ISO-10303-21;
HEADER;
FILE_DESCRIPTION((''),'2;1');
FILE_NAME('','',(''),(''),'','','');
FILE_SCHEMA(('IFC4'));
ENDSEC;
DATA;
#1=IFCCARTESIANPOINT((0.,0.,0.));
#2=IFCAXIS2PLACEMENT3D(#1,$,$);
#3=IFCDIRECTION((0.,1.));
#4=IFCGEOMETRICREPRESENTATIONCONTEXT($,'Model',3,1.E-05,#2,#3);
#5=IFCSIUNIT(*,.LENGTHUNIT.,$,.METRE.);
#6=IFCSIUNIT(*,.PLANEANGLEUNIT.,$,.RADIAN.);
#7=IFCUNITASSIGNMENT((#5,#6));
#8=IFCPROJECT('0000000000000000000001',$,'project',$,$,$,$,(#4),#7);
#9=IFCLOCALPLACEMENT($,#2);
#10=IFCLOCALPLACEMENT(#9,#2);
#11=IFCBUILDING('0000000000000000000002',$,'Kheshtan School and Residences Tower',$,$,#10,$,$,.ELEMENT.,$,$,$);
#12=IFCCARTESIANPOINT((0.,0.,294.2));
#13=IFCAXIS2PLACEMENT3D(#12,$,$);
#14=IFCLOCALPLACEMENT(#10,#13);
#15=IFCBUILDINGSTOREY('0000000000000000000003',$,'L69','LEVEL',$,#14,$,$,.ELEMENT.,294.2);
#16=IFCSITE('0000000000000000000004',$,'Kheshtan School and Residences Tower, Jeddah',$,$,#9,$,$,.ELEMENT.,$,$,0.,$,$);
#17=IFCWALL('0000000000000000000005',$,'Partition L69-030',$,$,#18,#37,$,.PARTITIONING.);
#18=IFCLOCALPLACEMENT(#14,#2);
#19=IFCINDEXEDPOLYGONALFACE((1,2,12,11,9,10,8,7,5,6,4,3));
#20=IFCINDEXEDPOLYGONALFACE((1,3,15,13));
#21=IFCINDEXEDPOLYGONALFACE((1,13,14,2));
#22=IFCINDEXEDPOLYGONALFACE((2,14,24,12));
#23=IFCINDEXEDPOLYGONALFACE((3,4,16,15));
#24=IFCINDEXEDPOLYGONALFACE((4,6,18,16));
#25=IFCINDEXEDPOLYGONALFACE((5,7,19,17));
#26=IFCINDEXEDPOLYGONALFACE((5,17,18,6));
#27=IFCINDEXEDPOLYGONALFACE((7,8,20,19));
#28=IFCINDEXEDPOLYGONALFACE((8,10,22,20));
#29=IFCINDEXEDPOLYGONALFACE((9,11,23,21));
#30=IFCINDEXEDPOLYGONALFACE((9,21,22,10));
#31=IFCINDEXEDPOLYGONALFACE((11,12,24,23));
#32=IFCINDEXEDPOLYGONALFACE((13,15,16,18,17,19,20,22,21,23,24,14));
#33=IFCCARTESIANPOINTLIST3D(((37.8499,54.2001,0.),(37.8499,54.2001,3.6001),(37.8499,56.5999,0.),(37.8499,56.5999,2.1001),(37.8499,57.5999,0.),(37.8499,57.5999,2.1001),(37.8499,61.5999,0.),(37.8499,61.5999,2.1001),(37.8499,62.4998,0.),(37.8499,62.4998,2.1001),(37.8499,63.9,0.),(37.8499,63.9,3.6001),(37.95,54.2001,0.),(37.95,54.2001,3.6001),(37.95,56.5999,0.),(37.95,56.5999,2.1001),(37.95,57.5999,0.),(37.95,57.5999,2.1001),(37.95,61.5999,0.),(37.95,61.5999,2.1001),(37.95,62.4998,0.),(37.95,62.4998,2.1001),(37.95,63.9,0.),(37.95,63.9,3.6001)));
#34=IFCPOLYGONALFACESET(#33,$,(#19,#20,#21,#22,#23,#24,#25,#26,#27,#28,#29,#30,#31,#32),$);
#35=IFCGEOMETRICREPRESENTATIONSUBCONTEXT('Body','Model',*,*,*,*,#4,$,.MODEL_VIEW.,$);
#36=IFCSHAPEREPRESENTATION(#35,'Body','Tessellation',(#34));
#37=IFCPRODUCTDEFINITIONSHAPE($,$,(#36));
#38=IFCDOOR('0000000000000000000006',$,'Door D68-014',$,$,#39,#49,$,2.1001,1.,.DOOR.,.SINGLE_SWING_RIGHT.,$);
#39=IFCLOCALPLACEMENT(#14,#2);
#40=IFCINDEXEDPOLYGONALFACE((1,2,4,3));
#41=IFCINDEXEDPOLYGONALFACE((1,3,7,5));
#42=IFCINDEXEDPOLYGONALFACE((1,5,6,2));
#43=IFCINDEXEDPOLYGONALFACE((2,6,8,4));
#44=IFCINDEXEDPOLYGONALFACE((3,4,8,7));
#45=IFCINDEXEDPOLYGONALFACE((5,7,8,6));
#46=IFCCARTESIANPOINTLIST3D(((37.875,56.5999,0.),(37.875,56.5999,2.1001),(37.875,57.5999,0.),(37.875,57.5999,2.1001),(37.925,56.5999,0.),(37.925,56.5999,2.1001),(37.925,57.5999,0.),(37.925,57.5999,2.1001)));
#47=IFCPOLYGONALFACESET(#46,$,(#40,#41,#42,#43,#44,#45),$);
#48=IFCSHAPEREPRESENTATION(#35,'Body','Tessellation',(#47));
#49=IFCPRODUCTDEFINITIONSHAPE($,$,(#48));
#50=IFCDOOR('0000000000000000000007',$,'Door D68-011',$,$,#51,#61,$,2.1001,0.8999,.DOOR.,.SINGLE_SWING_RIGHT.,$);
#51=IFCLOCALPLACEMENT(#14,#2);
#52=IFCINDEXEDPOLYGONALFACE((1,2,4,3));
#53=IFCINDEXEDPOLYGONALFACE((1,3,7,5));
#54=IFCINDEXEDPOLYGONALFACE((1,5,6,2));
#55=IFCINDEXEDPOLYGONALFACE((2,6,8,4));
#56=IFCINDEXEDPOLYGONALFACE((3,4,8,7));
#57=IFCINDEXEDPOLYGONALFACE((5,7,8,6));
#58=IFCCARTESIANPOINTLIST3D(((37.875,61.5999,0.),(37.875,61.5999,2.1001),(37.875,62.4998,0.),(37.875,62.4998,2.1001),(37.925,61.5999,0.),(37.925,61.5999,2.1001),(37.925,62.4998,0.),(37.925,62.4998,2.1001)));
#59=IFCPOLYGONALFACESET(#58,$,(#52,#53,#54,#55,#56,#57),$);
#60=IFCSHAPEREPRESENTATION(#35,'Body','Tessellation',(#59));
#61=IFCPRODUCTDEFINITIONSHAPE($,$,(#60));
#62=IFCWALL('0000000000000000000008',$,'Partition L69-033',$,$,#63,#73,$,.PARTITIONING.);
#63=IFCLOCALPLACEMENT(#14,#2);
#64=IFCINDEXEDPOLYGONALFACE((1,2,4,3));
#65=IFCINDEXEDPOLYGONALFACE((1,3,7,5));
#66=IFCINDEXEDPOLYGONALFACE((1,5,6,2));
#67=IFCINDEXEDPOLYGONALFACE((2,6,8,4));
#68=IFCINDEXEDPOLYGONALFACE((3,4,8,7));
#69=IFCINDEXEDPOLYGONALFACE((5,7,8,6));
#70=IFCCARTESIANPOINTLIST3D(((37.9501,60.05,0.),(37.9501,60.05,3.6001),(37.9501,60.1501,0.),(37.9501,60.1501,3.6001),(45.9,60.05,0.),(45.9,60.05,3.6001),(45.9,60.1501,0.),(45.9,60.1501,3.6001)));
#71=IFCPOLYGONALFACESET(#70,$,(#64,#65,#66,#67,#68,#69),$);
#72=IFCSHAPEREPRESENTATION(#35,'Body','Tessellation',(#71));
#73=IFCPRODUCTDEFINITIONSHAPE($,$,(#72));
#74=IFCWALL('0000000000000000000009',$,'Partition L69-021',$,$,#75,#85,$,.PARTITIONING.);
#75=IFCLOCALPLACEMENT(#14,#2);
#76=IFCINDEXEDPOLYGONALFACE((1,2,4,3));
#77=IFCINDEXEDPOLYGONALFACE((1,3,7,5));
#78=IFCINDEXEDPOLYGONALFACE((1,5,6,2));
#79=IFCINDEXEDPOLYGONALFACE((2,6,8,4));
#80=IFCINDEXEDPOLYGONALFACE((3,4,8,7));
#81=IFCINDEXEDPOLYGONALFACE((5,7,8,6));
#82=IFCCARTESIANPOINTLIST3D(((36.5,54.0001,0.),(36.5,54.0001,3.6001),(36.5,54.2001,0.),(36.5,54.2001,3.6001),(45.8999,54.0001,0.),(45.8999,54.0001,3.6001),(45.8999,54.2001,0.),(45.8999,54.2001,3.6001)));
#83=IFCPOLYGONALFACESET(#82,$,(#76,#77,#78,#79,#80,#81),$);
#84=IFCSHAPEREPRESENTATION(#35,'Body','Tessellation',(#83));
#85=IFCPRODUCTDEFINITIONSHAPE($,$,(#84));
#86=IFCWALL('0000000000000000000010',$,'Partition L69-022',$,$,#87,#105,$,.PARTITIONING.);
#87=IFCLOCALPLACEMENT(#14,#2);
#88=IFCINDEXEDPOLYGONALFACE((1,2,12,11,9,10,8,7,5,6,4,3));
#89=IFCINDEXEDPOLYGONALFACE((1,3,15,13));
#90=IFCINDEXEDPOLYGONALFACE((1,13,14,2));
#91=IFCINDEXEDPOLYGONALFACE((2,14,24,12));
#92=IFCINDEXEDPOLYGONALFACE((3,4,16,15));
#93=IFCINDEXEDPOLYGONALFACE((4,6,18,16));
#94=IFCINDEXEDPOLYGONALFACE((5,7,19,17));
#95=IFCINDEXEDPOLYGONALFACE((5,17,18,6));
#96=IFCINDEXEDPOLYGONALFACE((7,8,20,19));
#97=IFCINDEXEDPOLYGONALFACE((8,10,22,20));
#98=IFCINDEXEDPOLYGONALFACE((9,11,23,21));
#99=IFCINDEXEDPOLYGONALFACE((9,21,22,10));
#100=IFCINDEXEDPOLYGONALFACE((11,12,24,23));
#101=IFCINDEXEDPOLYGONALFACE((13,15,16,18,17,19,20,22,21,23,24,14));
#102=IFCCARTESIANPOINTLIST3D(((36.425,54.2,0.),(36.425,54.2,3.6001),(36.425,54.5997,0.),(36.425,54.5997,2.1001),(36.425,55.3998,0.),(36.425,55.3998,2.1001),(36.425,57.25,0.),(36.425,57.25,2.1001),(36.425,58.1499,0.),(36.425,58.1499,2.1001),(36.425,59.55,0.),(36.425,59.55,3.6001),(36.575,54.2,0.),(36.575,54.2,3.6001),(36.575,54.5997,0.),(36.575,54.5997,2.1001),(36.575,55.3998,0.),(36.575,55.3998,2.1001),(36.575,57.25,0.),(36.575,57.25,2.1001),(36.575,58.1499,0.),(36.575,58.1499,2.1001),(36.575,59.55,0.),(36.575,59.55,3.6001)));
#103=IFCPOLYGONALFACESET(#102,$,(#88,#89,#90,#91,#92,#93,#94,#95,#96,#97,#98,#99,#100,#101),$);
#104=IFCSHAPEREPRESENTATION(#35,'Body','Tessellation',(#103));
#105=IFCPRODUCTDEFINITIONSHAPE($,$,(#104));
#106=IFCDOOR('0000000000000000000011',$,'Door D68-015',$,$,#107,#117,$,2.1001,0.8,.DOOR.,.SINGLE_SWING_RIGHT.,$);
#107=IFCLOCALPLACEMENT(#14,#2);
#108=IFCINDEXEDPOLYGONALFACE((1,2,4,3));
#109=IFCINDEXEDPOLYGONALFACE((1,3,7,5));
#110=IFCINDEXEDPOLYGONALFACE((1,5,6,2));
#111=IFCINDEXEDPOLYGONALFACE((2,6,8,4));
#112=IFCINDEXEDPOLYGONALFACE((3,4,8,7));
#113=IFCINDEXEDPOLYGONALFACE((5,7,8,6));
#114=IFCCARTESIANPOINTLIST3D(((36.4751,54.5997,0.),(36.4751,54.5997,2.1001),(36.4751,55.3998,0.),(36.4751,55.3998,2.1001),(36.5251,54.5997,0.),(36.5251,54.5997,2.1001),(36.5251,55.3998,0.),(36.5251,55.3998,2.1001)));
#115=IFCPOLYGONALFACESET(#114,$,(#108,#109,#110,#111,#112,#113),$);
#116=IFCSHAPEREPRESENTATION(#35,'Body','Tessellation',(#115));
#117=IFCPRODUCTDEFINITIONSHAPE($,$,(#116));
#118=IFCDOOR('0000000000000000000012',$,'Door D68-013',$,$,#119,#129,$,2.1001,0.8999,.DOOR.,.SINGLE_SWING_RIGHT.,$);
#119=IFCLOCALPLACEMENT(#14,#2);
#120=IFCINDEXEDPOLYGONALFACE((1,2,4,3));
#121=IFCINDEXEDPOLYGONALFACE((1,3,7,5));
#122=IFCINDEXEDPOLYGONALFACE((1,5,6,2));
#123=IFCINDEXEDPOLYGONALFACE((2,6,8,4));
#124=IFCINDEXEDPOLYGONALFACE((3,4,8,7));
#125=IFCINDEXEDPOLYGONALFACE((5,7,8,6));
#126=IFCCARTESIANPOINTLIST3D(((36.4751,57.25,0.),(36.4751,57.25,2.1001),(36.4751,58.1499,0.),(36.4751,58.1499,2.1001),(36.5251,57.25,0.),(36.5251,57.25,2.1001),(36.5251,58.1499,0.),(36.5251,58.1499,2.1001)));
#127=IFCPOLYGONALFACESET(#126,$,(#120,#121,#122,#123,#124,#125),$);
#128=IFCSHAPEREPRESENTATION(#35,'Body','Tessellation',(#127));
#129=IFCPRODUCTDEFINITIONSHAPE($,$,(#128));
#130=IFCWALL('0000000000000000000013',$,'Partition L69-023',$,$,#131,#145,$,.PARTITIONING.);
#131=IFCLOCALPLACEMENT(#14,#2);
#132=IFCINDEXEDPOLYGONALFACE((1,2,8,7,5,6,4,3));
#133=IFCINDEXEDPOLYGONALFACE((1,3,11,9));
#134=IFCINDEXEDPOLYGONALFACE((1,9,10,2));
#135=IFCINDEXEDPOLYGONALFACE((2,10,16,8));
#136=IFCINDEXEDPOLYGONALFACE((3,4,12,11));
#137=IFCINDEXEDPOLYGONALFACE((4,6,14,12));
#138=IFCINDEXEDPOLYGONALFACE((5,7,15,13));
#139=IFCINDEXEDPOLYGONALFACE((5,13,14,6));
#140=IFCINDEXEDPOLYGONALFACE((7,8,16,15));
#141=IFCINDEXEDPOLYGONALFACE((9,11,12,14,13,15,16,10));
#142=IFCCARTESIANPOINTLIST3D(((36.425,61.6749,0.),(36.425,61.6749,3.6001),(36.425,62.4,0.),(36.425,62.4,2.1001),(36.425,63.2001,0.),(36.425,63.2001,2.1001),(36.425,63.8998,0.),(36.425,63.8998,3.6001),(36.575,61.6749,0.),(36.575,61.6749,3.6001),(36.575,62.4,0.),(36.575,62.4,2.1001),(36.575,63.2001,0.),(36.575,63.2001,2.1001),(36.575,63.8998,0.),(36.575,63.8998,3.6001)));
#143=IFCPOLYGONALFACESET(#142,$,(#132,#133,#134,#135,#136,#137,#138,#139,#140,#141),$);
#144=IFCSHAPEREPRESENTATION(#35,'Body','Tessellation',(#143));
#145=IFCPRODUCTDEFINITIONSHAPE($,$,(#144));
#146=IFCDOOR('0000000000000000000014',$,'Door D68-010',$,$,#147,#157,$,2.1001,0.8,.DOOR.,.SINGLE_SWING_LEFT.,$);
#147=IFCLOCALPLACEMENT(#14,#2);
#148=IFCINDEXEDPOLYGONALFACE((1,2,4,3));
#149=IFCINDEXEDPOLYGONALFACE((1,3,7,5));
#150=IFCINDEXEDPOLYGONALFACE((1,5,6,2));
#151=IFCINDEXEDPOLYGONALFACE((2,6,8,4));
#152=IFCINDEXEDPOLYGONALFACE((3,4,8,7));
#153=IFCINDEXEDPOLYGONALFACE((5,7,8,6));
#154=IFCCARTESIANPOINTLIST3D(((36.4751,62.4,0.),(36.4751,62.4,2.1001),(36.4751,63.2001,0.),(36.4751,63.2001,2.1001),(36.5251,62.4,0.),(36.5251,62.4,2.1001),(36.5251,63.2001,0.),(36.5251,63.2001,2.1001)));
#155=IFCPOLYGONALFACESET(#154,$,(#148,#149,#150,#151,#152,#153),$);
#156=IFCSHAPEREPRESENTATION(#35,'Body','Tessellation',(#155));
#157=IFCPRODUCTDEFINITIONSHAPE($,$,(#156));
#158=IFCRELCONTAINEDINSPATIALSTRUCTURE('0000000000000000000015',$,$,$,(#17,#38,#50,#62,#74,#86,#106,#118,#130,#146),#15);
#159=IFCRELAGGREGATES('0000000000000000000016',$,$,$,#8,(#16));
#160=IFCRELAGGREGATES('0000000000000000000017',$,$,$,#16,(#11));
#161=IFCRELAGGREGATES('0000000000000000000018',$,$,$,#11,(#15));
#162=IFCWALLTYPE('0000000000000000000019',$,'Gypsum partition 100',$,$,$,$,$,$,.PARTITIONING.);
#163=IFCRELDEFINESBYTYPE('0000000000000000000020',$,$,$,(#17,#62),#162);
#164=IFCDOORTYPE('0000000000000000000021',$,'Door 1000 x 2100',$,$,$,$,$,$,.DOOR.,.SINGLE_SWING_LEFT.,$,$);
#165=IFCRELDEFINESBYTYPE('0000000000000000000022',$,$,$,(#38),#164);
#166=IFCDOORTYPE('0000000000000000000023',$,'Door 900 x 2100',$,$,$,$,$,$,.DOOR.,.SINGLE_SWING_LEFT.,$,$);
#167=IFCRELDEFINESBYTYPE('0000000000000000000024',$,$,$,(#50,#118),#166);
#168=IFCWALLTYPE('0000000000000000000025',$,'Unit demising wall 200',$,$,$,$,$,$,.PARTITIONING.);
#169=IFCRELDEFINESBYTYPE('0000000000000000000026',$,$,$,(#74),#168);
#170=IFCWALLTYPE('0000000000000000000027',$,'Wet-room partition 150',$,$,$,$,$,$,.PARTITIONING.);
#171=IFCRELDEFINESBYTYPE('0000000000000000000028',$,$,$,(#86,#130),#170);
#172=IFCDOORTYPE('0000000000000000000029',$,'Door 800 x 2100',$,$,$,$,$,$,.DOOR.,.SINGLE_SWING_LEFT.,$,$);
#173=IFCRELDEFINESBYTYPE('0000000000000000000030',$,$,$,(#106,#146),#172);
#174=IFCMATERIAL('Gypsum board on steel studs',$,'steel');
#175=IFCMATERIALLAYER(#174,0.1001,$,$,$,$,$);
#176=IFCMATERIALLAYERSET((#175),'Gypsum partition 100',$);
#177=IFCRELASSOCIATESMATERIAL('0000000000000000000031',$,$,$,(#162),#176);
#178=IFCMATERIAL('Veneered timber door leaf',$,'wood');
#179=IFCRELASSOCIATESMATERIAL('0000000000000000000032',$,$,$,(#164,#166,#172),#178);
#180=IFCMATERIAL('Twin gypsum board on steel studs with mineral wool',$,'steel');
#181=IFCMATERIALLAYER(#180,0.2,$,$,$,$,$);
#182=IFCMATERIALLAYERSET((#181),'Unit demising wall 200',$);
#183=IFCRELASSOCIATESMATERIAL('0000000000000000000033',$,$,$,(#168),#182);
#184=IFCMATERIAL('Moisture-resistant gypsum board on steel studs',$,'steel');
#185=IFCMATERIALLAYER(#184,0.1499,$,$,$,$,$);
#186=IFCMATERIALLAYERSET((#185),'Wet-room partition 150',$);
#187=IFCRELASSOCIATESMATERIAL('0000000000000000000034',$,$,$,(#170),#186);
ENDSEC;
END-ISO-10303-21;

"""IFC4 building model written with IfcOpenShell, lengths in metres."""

from ifc_helpers import new_model, si_unit, direction, frame, frame_2d, origin, place, context, subcontext, project, spatial, rectangle, extrude, source, transform, mapped, material, layer, layer_set, type_object, element, fill, save


model = new_model("IFC4")

# Units and contexts
model_context = context("Model", 3, precision=1e-05, world=origin(), true_north=direction((0.0, 1.0)))
body_context = subcontext(model_context, "Body", "Model", "MODEL_VIEW")
ifc_project = project(units=[si_unit("LENGTHUNIT", "METRE"), si_unit("PLANEANGLEUNIT", "RADIAN")], contexts=[model_context])

# Site, building, storey
site_placement = place(None, origin())
site = spatial("IfcSite", under=ifc_project, at=site_placement, Name="Kheshtan School and Residences Tower, Jeddah", CompositionType="ELEMENT", RefElevation=0.0)
building_placement = place(site_placement, origin())
building = spatial("IfcBuilding", under=site, at=building_placement, Name="Kheshtan School and Residences Tower", CompositionType="ELEMENT")
storey_placement = place(building_placement, frame((0.0, 0.0, 294.2)))
storey = spatial("IfcBuildingStorey", under=building, at=storey_placement, Name="L69", Description="LEVEL", CompositionType="ELEMENT", Elevation=294.2)

# Wall, openings, doors
ifc_material_1 = material(Name="Gypsum board on steel studs", Category="steel")
ifc_layer_1 = layer(ifc_material_1, 0.1001)
ifc_layer_set_1 = layer_set([ifc_layer_1], Name="Gypsum partition 100")
wall_type_1 = type_object("IfcWallType", Name="Gypsum partition 100", PredefinedType="PARTITIONING", material=ifc_layer_set_1)
wall_1_placement = place(storey_placement, frame((37.8999, 54.2, 0.0), z_axis=(0.0, 0.0, 1.0), x_axis=(0.0, 1.0, 0.0)))
wall_1 = element("IfcWall", 1, at=wall_1_placement, inside=storey, type_object=wall_type_1, Name="Partition L69-030", PredefinedType="PARTITIONING", context=body_context, shape_type="SweptSolid", body=[
    extrude(rectangle(XDim=9.7, YDim=0.1001, at=frame_2d((4.8501, 0.0))), origin(), (0.0, 0.0, 1.0), 3.6001),
])
opening_1_placement = place(wall_1_placement, frame((7.3999, 0.0, 0.0)))
opening_1 = element("IfcOpeningElement", 2, at=opening_1_placement, cuts=wall_1, PredefinedType="OPENING", context=body_context, shape_type="SweptSolid", body=[
    extrude(rectangle(XDim=0.8999, YDim=2.1001, at=frame_2d((0.45, 1.05))), frame((0.0, 0.0601, 0.0), z_axis=(0.0, -1.0, 0.0), x_axis=(1.0, 0.0, 0.0)), (0.0, 0.0, 1.0), 0.1201),
])
opening_2_placement = place(wall_1_placement, frame((2.3999, 0.0, 0.0)))
opening_2 = element("IfcOpeningElement", 3, at=opening_2_placement, cuts=wall_1, PredefinedType="OPENING", context=body_context, shape_type="SweptSolid", body=[
    extrude(rectangle(XDim=1.0, YDim=2.1001, at=frame_2d((0.5, 1.05))), frame((0.0, 0.0601, 0.0), z_axis=(0.0, -1.0, 0.0), x_axis=(1.0, 0.0, 0.0)), (0.0, 0.0, 1.0), 0.1201),
])
ifc_material_2 = material(Name="Veneered timber door leaf", Category="wood")
door_type_1 = type_object("IfcDoorType", Name="Door 1000 x 2100", OperationType="SINGLE_SWING_LEFT", PredefinedType="DOOR", material=ifc_material_2)
shared_shape_1 = source(origin(), body_context, "Body", "SweptSolid", [
    extrude(rectangle(XDim=1.0, YDim=2.1001, at=frame_2d((0.5, 1.05))), frame((0.0, 0.0249, 0.0), z_axis=(0.0, -1.0, 0.0), x_axis=(1.0, 0.0, 0.0)), (0.0, 0.0, 1.0), 0.05),
])
door_1_placement = place(opening_2_placement, origin())
door_1 = element("IfcDoor", 4, at=door_1_placement, inside=storey, type_object=door_type_1, Name="Door D68-014", OperationType="SINGLE_SWING_RIGHT", OverallHeight=2.1001, OverallWidth=1.0, PredefinedType="DOOR", context=body_context, shape_type="MappedRepresentation", body=[
    mapped(shared_shape_1, transform((0.0, 0.0, 0.0), x_axis=(1.0, 0.0, 0.0), y_axis=(0.0, 1.0, 0.0), z_axis=(0.0, 0.0, 1.0), scale=1.0)),
])
fill(opening_2, door_1)
door_type_2 = type_object("IfcDoorType", Name="Door 900 x 2100", OperationType="SINGLE_SWING_LEFT", PredefinedType="DOOR", material=ifc_material_2)
shared_shape_2 = source(origin(), body_context, "Body", "SweptSolid", [
    extrude(rectangle(XDim=0.8999, YDim=2.1001, at=frame_2d((0.45, 1.05))), frame((0.0, 0.0249, 0.0), z_axis=(0.0, -1.0, 0.0), x_axis=(1.0, 0.0, 0.0)), (0.0, 0.0, 1.0), 0.05),
])
door_2_placement = place(opening_1_placement, origin())
door_2 = element("IfcDoor", 5, at=door_2_placement, inside=storey, type_object=door_type_2, Name="Door D68-011", OperationType="SINGLE_SWING_RIGHT", OverallHeight=2.1001, OverallWidth=0.8999, PredefinedType="DOOR", context=body_context, shape_type="MappedRepresentation", body=[
    mapped(shared_shape_2, transform((0.0, 0.0, 0.0), x_axis=(1.0, 0.0, 0.0), y_axis=(0.0, 1.0, 0.0), z_axis=(0.0, 0.0, 1.0), scale=1.0)),
])
fill(opening_1, door_2)

# Walls
wall_2_placement = place(storey_placement, frame((37.95, 60.1001, 0.0), z_axis=(0.0, 0.0, 1.0), x_axis=(1.0, 0.0, 0.0)))
element("IfcWall", 6, at=wall_2_placement, inside=storey, type_object=wall_type_1, Name="Partition L69-033", PredefinedType="PARTITIONING", context=body_context, shape_type="SweptSolid", body=[
    extrude(rectangle(XDim=7.95, YDim=0.1001, at=frame_2d((3.9751, 0.0))), origin(), (0.0, 0.0, 1.0), 3.6001),
])
ifc_material_3 = material(Name="Twin gypsum board on steel studs with mineral wool", Category="steel")
ifc_layer_2 = layer(ifc_material_3, 0.2)
ifc_layer_set_2 = layer_set([ifc_layer_2], Name="Unit demising wall 200")
wall_type_2 = type_object("IfcWallType", Name="Unit demising wall 200", PredefinedType="PARTITIONING", material=ifc_layer_set_2)
wall_3_placement = place(storey_placement, frame((36.5, 54.1001, 0.0), z_axis=(0.0, 0.0, 1.0), x_axis=(1.0, 0.0, 0.0)))
element("IfcWall", 7, at=wall_3_placement, inside=storey, type_object=wall_type_2, Name="Partition L69-021", PredefinedType="PARTITIONING", context=body_context, shape_type="SweptSolid", body=[
    extrude(rectangle(XDim=9.3999, YDim=0.2, at=frame_2d((4.7, 0.0))), origin(), (0.0, 0.0, 1.0), 3.6001),
])

# Wall, openings, doors
ifc_material_4 = material(Name="Moisture-resistant gypsum board on steel studs", Category="steel")
ifc_layer_3 = layer(ifc_material_4, 0.1499)
ifc_layer_set_3 = layer_set([ifc_layer_3], Name="Wet-room partition 150")
wall_type_3 = type_object("IfcWallType", Name="Wet-room partition 150", PredefinedType="PARTITIONING", material=ifc_layer_set_3)
wall_4_placement = place(storey_placement, frame((36.5, 54.2, 0.0), z_axis=(0.0, 0.0, 1.0), x_axis=(0.0, 1.0, 0.0)))
wall_4 = element("IfcWall", 8, at=wall_4_placement, inside=storey, type_object=wall_type_3, Name="Partition L69-022", PredefinedType="PARTITIONING", context=body_context, shape_type="SweptSolid", body=[
    extrude(rectangle(XDim=5.3501, YDim=0.1499, at=frame_2d((2.675, 0.0))), origin(), (0.0, 0.0, 1.0), 3.6001),
])
opening_3_placement = place(wall_4_placement, frame((3.05, 0.0, 0.0)))
opening_3 = element("IfcOpeningElement", 9, at=opening_3_placement, cuts=wall_4, PredefinedType="OPENING", context=body_context, shape_type="SweptSolid", body=[
    extrude(rectangle(XDim=0.8999, YDim=2.1001, at=frame_2d((0.45, 1.05))), frame((0.0, 0.085, 0.0), z_axis=(0.0, -1.0, 0.0), x_axis=(1.0, 0.0, 0.0)), (0.0, 0.0, 1.0), 0.1699),
])
opening_4_placement = place(wall_4_placement, frame((0.3999, 0.0, 0.0)))
opening_4 = element("IfcOpeningElement", 10, at=opening_4_placement, cuts=wall_4, PredefinedType="OPENING", context=body_context, shape_type="SweptSolid", body=[
    extrude(rectangle(XDim=0.8, YDim=2.1001, at=frame_2d((0.3999, 1.05))), frame((0.0, 0.085, 0.0), z_axis=(0.0, -1.0, 0.0), x_axis=(1.0, 0.0, 0.0)), (0.0, 0.0, 1.0), 0.1699),
])
door_type_3 = type_object("IfcDoorType", Name="Door 800 x 2100", OperationType="SINGLE_SWING_LEFT", PredefinedType="DOOR", material=ifc_material_2)
shared_shape_3 = source(origin(), body_context, "Body", "SweptSolid", [
    extrude(rectangle(XDim=0.8, YDim=2.1001, at=frame_2d((0.3999, 1.05))), frame((0.0, 0.0249, 0.0), z_axis=(0.0, -1.0, 0.0), x_axis=(1.0, 0.0, 0.0)), (0.0, 0.0, 1.0), 0.05),
])
door_3_placement = place(opening_4_placement, origin())
door_3 = element("IfcDoor", 11, at=door_3_placement, inside=storey, type_object=door_type_3, Name="Door D68-015", OperationType="SINGLE_SWING_RIGHT", OverallHeight=2.1001, OverallWidth=0.8, PredefinedType="DOOR", context=body_context, shape_type="MappedRepresentation", body=[
    mapped(shared_shape_3, transform((0.0, 0.0, 0.0), x_axis=(1.0, 0.0, 0.0), y_axis=(0.0, 1.0, 0.0), z_axis=(0.0, 0.0, 1.0), scale=1.0)),
])
fill(opening_4, door_3)
door_4_placement = place(opening_3_placement, origin())
door_4 = element("IfcDoor", 12, at=door_4_placement, inside=storey, type_object=door_type_2, Name="Door D68-013", OperationType="SINGLE_SWING_RIGHT", OverallHeight=2.1001, OverallWidth=0.8999, PredefinedType="DOOR", context=body_context, shape_type="MappedRepresentation", body=[
    mapped(shared_shape_2, transform((0.0, 0.0, 0.0), x_axis=(1.0, 0.0, 0.0), y_axis=(0.0, 1.0, 0.0), z_axis=(0.0, 0.0, 1.0), scale=1.0)),
])
fill(opening_3, door_4)

# Wall, opening, door
wall_5_placement = place(storey_placement, frame((36.5, 61.675, 0.0), z_axis=(0.0, 0.0, 1.0), x_axis=(0.0, 1.0, 0.0)))
wall_5 = element("IfcWall", 13, at=wall_5_placement, inside=storey, type_object=wall_type_3, Name="Partition L69-023", PredefinedType="PARTITIONING", context=body_context, shape_type="SweptSolid", body=[
    extrude(rectangle(XDim=2.2249, YDim=0.1499, at=frame_2d((1.1123, 0.0))), origin(), (0.0, 0.0, 1.0), 3.6001),
])
opening_5_placement = place(wall_5_placement, frame((0.7251, 0.0, 0.0)))
opening_5 = element("IfcOpeningElement", 14, at=opening_5_placement, cuts=wall_5, PredefinedType="OPENING", context=body_context, shape_type="SweptSolid", body=[
    extrude(rectangle(XDim=0.8, YDim=2.1001, at=frame_2d((0.3999, 1.05))), frame((0.0, 0.085, 0.0), z_axis=(0.0, -1.0, 0.0), x_axis=(1.0, 0.0, 0.0)), (0.0, 0.0, 1.0), 0.1699),
])
door_5_placement = place(opening_5_placement, origin())
door_5 = element("IfcDoor", 15, at=door_5_placement, inside=storey, type_object=door_type_3, Name="Door D68-010", OperationType="SINGLE_SWING_LEFT", OverallHeight=2.1001, OverallWidth=0.8, PredefinedType="DOOR", context=body_context, shape_type="MappedRepresentation", body=[
    mapped(shared_shape_3, transform((0.0, 0.0, 0.0), x_axis=(1.0, 0.0, 0.0), y_axis=(0.0, 1.0, 0.0), z_axis=(0.0, 0.0, 1.0), scale=1.0)),
])
fill(opening_5, door_5)

save(model, "model.ifc")
